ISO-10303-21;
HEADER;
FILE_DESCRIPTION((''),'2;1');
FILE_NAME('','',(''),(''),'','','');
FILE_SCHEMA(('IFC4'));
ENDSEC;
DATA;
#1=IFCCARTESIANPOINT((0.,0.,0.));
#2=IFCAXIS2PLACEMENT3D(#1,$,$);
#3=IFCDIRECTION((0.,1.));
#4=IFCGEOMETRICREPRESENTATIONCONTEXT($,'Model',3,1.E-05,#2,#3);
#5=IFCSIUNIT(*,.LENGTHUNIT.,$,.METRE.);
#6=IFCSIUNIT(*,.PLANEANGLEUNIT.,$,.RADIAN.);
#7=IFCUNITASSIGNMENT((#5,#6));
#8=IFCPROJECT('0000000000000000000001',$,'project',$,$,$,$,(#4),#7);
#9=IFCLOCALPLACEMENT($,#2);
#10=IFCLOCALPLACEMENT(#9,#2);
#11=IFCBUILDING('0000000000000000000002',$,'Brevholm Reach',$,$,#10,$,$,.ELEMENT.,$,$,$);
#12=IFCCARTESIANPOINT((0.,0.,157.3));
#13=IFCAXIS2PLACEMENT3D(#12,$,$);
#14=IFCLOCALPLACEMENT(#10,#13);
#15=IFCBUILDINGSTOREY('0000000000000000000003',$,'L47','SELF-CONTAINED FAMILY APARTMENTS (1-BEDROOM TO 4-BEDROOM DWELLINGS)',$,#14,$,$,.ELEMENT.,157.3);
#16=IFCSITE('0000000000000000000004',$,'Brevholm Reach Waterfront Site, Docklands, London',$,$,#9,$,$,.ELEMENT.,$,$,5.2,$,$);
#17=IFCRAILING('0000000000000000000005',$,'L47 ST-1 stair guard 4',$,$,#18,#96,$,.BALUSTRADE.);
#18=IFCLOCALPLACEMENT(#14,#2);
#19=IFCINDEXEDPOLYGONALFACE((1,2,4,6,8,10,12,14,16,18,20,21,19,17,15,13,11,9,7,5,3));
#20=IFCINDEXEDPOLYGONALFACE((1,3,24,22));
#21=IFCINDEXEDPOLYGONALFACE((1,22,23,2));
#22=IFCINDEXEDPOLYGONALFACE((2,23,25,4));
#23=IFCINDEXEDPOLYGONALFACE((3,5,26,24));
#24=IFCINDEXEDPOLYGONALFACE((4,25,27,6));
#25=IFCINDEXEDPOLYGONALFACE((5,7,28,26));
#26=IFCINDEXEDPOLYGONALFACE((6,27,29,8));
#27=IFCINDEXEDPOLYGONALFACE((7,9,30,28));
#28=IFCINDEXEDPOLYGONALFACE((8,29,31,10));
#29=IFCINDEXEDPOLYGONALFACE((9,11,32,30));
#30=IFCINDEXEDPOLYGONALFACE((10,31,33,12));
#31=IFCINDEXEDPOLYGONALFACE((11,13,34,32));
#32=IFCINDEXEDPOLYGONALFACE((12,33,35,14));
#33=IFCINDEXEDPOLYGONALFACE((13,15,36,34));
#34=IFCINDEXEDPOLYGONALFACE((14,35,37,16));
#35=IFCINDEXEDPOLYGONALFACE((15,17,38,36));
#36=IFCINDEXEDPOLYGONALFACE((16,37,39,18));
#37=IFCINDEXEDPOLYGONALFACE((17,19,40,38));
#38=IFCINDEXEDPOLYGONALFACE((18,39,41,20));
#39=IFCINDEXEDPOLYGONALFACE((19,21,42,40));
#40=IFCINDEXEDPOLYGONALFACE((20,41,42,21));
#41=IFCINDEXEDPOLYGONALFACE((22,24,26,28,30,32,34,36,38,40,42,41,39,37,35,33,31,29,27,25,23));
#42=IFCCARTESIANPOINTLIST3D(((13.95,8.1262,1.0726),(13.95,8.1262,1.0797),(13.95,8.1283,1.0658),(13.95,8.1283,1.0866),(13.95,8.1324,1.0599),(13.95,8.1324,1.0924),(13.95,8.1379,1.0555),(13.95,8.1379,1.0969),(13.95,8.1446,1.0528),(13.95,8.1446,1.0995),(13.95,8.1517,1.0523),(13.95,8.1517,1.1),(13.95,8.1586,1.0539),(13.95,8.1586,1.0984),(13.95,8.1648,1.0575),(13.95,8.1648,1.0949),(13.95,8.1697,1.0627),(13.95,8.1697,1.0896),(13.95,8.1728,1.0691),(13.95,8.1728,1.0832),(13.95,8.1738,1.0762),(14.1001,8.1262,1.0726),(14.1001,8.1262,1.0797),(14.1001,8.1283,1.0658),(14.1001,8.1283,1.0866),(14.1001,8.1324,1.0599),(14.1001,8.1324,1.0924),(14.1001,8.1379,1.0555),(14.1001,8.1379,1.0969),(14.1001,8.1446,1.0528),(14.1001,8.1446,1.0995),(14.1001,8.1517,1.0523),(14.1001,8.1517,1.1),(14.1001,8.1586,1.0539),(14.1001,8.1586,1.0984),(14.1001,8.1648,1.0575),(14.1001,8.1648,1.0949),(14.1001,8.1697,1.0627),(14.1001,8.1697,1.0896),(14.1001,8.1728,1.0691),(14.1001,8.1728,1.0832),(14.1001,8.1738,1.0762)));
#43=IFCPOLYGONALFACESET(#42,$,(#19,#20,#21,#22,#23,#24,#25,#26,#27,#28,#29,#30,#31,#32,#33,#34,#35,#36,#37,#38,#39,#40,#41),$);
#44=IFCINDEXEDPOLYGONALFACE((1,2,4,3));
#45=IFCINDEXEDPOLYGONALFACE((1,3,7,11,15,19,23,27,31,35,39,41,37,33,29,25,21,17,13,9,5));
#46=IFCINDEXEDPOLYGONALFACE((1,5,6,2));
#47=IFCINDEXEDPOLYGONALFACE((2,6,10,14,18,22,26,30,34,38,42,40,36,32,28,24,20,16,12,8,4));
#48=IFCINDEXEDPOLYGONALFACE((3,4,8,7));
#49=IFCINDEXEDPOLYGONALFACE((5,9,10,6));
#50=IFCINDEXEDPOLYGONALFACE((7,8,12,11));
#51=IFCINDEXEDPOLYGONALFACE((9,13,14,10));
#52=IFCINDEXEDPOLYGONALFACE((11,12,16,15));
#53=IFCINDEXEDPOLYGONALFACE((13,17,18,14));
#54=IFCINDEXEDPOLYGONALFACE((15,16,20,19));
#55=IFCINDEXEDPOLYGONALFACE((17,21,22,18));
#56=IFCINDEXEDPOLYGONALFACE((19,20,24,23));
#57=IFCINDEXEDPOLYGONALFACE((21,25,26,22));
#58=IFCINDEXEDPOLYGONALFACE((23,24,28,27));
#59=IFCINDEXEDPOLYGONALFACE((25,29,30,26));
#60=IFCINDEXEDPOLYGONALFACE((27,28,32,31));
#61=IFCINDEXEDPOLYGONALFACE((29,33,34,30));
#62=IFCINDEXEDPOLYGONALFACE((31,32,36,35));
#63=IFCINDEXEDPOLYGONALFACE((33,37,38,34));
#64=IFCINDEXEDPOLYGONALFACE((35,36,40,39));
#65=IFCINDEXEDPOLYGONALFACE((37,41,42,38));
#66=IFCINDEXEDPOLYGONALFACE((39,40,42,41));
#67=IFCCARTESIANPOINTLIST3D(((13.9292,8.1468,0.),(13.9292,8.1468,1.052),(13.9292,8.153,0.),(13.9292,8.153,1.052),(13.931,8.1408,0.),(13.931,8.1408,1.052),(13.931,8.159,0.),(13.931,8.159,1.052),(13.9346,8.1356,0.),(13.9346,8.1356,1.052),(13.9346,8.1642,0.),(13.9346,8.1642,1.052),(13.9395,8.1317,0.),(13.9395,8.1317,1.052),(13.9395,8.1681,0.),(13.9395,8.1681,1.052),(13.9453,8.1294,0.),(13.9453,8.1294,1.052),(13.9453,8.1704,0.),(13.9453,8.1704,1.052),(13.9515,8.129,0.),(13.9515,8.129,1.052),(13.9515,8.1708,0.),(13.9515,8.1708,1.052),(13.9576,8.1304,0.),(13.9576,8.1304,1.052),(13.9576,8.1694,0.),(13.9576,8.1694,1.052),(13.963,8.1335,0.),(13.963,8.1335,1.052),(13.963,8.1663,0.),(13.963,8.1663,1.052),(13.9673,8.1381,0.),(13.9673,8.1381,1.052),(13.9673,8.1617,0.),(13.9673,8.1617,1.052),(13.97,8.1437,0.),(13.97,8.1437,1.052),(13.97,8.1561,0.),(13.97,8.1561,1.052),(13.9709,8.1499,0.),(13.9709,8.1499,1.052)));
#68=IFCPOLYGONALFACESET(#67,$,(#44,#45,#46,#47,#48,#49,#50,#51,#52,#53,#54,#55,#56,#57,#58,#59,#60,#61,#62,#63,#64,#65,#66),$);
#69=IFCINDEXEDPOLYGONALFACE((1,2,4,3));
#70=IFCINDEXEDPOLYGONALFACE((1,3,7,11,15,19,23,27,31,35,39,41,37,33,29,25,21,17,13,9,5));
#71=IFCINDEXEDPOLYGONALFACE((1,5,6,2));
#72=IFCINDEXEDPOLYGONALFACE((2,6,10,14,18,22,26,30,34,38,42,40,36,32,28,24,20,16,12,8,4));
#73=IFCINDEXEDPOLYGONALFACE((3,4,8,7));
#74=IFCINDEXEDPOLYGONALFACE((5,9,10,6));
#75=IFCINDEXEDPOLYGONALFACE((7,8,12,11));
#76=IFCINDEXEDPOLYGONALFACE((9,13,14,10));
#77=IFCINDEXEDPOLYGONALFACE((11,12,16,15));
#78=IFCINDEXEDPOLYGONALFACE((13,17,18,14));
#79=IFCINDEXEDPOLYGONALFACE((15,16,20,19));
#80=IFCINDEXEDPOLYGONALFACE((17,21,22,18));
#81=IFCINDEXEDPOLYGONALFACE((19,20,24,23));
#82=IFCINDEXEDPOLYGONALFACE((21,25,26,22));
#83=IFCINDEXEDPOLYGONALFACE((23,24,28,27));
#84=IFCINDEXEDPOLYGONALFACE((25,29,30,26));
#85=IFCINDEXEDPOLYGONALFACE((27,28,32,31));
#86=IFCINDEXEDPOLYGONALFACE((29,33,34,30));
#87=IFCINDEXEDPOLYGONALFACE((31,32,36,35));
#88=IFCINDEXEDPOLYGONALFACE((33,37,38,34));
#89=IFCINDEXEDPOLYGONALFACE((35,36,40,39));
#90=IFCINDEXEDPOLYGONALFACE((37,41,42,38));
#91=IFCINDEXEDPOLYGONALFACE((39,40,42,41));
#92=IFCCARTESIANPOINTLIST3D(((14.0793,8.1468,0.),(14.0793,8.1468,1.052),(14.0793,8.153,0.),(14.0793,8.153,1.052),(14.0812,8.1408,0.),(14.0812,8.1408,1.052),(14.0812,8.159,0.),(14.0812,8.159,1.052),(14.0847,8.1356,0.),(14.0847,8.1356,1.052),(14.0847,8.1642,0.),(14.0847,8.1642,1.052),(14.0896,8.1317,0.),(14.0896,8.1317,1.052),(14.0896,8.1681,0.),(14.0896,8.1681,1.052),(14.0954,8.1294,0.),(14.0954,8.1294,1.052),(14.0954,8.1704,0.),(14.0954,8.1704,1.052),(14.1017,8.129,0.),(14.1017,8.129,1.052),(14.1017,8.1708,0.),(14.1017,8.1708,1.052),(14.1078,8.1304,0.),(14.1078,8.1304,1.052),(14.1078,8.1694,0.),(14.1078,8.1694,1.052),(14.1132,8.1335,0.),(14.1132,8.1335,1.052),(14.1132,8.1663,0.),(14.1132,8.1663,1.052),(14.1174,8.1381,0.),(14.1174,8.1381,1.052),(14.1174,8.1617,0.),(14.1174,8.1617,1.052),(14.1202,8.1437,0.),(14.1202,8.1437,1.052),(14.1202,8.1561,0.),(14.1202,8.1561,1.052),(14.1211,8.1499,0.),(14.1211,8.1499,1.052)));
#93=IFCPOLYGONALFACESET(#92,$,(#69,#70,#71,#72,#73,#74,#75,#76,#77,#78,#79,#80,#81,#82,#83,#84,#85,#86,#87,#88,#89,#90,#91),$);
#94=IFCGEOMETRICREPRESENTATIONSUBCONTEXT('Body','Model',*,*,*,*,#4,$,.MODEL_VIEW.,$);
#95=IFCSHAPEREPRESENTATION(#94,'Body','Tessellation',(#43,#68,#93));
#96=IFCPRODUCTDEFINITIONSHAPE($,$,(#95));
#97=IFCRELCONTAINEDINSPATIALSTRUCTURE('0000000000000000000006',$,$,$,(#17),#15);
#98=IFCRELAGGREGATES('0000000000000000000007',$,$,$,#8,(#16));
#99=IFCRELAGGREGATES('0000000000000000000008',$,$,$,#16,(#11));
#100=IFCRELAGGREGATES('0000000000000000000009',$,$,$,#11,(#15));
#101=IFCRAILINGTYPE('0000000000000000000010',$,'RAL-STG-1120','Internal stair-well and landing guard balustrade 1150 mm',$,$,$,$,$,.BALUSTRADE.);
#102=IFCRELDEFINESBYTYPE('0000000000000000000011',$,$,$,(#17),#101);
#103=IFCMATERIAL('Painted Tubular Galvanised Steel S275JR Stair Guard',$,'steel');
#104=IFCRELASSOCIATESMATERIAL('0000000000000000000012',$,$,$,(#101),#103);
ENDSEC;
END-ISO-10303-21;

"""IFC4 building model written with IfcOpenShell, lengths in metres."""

from ifc_helpers import new_model, si_unit, direction, frame, origin, origin_2d, place, context, subcontext, project, spatial, circle, extrude, material, type_object, element, save


model = new_model("IFC4")

# Units and contexts
model_context = context("Model", 3, precision=1e-05, world=origin(), true_north=direction((0.0, 1.0)))
body_context = subcontext(model_context, "Body", "Model", "MODEL_VIEW")
ifc_project = project(units=[si_unit("LENGTHUNIT", "METRE"), si_unit("PLANEANGLEUNIT", "RADIAN")], contexts=[model_context])

# Site, building, storey
site_placement = place(None, origin())
site = spatial("IfcSite", under=ifc_project, at=site_placement, Name="Brevholm Reach Waterfront Site, Docklands, London", CompositionType="ELEMENT", RefElevation=5.2)
building_placement = place(site_placement, origin())
building = spatial("IfcBuilding", under=site, at=building_placement, Name="Brevholm Reach", CompositionType="ELEMENT")
storey_placement = place(building_placement, frame((0.0, 0.0, 157.3)))
storey = spatial("IfcBuildingStorey", under=building, at=storey_placement, Name="L47", Description="SELF-CONTAINED FAMILY APARTMENTS (1-BEDROOM TO 4-BEDROOM DWELLINGS)", CompositionType="ELEMENT", Elevation=157.3)

# Railing
ifc_material_1 = material(Name="Painted Tubular Galvanised Steel S275JR Stair Guard", Category="steel")
railing_type_1 = type_object("IfcRailingType", Name="RAL-STG-1120", Description="Internal stair-well and landing guard balustrade 1150 mm", PredefinedType="BALUSTRADE", material=ifc_material_1)
railing_1_placement = place(storey_placement, frame((13.95, 8.1499, 0.0)))
element("IfcRailing", 1, at=railing_1_placement, inside=storey, type_object=railing_type_1, Name="L47 ST-1 stair guard 4", PredefinedType="BALUSTRADE", context=body_context, shape_type="SweptSolid", body=[
    extrude(circle(Radius=0.0239, at=origin_2d()), frame((0.0, 0.0, 1.0762), z_axis=(1.0, 0.0, 0.0), x_axis=(0.0, 1.0, 0.0)), (0.0, 0.0, 1.0), 0.1501),
    extrude(circle(Radius=0.021, at=origin_2d()), origin(), (0.0, 0.0, 1.0), 1.052),
    extrude(circle(Radius=0.021, at=origin_2d()), frame((0.1501, 0.0, 0.0)), (0.0, 0.0, 1.0), 1.052),
])

save(model, "model.ifc")
